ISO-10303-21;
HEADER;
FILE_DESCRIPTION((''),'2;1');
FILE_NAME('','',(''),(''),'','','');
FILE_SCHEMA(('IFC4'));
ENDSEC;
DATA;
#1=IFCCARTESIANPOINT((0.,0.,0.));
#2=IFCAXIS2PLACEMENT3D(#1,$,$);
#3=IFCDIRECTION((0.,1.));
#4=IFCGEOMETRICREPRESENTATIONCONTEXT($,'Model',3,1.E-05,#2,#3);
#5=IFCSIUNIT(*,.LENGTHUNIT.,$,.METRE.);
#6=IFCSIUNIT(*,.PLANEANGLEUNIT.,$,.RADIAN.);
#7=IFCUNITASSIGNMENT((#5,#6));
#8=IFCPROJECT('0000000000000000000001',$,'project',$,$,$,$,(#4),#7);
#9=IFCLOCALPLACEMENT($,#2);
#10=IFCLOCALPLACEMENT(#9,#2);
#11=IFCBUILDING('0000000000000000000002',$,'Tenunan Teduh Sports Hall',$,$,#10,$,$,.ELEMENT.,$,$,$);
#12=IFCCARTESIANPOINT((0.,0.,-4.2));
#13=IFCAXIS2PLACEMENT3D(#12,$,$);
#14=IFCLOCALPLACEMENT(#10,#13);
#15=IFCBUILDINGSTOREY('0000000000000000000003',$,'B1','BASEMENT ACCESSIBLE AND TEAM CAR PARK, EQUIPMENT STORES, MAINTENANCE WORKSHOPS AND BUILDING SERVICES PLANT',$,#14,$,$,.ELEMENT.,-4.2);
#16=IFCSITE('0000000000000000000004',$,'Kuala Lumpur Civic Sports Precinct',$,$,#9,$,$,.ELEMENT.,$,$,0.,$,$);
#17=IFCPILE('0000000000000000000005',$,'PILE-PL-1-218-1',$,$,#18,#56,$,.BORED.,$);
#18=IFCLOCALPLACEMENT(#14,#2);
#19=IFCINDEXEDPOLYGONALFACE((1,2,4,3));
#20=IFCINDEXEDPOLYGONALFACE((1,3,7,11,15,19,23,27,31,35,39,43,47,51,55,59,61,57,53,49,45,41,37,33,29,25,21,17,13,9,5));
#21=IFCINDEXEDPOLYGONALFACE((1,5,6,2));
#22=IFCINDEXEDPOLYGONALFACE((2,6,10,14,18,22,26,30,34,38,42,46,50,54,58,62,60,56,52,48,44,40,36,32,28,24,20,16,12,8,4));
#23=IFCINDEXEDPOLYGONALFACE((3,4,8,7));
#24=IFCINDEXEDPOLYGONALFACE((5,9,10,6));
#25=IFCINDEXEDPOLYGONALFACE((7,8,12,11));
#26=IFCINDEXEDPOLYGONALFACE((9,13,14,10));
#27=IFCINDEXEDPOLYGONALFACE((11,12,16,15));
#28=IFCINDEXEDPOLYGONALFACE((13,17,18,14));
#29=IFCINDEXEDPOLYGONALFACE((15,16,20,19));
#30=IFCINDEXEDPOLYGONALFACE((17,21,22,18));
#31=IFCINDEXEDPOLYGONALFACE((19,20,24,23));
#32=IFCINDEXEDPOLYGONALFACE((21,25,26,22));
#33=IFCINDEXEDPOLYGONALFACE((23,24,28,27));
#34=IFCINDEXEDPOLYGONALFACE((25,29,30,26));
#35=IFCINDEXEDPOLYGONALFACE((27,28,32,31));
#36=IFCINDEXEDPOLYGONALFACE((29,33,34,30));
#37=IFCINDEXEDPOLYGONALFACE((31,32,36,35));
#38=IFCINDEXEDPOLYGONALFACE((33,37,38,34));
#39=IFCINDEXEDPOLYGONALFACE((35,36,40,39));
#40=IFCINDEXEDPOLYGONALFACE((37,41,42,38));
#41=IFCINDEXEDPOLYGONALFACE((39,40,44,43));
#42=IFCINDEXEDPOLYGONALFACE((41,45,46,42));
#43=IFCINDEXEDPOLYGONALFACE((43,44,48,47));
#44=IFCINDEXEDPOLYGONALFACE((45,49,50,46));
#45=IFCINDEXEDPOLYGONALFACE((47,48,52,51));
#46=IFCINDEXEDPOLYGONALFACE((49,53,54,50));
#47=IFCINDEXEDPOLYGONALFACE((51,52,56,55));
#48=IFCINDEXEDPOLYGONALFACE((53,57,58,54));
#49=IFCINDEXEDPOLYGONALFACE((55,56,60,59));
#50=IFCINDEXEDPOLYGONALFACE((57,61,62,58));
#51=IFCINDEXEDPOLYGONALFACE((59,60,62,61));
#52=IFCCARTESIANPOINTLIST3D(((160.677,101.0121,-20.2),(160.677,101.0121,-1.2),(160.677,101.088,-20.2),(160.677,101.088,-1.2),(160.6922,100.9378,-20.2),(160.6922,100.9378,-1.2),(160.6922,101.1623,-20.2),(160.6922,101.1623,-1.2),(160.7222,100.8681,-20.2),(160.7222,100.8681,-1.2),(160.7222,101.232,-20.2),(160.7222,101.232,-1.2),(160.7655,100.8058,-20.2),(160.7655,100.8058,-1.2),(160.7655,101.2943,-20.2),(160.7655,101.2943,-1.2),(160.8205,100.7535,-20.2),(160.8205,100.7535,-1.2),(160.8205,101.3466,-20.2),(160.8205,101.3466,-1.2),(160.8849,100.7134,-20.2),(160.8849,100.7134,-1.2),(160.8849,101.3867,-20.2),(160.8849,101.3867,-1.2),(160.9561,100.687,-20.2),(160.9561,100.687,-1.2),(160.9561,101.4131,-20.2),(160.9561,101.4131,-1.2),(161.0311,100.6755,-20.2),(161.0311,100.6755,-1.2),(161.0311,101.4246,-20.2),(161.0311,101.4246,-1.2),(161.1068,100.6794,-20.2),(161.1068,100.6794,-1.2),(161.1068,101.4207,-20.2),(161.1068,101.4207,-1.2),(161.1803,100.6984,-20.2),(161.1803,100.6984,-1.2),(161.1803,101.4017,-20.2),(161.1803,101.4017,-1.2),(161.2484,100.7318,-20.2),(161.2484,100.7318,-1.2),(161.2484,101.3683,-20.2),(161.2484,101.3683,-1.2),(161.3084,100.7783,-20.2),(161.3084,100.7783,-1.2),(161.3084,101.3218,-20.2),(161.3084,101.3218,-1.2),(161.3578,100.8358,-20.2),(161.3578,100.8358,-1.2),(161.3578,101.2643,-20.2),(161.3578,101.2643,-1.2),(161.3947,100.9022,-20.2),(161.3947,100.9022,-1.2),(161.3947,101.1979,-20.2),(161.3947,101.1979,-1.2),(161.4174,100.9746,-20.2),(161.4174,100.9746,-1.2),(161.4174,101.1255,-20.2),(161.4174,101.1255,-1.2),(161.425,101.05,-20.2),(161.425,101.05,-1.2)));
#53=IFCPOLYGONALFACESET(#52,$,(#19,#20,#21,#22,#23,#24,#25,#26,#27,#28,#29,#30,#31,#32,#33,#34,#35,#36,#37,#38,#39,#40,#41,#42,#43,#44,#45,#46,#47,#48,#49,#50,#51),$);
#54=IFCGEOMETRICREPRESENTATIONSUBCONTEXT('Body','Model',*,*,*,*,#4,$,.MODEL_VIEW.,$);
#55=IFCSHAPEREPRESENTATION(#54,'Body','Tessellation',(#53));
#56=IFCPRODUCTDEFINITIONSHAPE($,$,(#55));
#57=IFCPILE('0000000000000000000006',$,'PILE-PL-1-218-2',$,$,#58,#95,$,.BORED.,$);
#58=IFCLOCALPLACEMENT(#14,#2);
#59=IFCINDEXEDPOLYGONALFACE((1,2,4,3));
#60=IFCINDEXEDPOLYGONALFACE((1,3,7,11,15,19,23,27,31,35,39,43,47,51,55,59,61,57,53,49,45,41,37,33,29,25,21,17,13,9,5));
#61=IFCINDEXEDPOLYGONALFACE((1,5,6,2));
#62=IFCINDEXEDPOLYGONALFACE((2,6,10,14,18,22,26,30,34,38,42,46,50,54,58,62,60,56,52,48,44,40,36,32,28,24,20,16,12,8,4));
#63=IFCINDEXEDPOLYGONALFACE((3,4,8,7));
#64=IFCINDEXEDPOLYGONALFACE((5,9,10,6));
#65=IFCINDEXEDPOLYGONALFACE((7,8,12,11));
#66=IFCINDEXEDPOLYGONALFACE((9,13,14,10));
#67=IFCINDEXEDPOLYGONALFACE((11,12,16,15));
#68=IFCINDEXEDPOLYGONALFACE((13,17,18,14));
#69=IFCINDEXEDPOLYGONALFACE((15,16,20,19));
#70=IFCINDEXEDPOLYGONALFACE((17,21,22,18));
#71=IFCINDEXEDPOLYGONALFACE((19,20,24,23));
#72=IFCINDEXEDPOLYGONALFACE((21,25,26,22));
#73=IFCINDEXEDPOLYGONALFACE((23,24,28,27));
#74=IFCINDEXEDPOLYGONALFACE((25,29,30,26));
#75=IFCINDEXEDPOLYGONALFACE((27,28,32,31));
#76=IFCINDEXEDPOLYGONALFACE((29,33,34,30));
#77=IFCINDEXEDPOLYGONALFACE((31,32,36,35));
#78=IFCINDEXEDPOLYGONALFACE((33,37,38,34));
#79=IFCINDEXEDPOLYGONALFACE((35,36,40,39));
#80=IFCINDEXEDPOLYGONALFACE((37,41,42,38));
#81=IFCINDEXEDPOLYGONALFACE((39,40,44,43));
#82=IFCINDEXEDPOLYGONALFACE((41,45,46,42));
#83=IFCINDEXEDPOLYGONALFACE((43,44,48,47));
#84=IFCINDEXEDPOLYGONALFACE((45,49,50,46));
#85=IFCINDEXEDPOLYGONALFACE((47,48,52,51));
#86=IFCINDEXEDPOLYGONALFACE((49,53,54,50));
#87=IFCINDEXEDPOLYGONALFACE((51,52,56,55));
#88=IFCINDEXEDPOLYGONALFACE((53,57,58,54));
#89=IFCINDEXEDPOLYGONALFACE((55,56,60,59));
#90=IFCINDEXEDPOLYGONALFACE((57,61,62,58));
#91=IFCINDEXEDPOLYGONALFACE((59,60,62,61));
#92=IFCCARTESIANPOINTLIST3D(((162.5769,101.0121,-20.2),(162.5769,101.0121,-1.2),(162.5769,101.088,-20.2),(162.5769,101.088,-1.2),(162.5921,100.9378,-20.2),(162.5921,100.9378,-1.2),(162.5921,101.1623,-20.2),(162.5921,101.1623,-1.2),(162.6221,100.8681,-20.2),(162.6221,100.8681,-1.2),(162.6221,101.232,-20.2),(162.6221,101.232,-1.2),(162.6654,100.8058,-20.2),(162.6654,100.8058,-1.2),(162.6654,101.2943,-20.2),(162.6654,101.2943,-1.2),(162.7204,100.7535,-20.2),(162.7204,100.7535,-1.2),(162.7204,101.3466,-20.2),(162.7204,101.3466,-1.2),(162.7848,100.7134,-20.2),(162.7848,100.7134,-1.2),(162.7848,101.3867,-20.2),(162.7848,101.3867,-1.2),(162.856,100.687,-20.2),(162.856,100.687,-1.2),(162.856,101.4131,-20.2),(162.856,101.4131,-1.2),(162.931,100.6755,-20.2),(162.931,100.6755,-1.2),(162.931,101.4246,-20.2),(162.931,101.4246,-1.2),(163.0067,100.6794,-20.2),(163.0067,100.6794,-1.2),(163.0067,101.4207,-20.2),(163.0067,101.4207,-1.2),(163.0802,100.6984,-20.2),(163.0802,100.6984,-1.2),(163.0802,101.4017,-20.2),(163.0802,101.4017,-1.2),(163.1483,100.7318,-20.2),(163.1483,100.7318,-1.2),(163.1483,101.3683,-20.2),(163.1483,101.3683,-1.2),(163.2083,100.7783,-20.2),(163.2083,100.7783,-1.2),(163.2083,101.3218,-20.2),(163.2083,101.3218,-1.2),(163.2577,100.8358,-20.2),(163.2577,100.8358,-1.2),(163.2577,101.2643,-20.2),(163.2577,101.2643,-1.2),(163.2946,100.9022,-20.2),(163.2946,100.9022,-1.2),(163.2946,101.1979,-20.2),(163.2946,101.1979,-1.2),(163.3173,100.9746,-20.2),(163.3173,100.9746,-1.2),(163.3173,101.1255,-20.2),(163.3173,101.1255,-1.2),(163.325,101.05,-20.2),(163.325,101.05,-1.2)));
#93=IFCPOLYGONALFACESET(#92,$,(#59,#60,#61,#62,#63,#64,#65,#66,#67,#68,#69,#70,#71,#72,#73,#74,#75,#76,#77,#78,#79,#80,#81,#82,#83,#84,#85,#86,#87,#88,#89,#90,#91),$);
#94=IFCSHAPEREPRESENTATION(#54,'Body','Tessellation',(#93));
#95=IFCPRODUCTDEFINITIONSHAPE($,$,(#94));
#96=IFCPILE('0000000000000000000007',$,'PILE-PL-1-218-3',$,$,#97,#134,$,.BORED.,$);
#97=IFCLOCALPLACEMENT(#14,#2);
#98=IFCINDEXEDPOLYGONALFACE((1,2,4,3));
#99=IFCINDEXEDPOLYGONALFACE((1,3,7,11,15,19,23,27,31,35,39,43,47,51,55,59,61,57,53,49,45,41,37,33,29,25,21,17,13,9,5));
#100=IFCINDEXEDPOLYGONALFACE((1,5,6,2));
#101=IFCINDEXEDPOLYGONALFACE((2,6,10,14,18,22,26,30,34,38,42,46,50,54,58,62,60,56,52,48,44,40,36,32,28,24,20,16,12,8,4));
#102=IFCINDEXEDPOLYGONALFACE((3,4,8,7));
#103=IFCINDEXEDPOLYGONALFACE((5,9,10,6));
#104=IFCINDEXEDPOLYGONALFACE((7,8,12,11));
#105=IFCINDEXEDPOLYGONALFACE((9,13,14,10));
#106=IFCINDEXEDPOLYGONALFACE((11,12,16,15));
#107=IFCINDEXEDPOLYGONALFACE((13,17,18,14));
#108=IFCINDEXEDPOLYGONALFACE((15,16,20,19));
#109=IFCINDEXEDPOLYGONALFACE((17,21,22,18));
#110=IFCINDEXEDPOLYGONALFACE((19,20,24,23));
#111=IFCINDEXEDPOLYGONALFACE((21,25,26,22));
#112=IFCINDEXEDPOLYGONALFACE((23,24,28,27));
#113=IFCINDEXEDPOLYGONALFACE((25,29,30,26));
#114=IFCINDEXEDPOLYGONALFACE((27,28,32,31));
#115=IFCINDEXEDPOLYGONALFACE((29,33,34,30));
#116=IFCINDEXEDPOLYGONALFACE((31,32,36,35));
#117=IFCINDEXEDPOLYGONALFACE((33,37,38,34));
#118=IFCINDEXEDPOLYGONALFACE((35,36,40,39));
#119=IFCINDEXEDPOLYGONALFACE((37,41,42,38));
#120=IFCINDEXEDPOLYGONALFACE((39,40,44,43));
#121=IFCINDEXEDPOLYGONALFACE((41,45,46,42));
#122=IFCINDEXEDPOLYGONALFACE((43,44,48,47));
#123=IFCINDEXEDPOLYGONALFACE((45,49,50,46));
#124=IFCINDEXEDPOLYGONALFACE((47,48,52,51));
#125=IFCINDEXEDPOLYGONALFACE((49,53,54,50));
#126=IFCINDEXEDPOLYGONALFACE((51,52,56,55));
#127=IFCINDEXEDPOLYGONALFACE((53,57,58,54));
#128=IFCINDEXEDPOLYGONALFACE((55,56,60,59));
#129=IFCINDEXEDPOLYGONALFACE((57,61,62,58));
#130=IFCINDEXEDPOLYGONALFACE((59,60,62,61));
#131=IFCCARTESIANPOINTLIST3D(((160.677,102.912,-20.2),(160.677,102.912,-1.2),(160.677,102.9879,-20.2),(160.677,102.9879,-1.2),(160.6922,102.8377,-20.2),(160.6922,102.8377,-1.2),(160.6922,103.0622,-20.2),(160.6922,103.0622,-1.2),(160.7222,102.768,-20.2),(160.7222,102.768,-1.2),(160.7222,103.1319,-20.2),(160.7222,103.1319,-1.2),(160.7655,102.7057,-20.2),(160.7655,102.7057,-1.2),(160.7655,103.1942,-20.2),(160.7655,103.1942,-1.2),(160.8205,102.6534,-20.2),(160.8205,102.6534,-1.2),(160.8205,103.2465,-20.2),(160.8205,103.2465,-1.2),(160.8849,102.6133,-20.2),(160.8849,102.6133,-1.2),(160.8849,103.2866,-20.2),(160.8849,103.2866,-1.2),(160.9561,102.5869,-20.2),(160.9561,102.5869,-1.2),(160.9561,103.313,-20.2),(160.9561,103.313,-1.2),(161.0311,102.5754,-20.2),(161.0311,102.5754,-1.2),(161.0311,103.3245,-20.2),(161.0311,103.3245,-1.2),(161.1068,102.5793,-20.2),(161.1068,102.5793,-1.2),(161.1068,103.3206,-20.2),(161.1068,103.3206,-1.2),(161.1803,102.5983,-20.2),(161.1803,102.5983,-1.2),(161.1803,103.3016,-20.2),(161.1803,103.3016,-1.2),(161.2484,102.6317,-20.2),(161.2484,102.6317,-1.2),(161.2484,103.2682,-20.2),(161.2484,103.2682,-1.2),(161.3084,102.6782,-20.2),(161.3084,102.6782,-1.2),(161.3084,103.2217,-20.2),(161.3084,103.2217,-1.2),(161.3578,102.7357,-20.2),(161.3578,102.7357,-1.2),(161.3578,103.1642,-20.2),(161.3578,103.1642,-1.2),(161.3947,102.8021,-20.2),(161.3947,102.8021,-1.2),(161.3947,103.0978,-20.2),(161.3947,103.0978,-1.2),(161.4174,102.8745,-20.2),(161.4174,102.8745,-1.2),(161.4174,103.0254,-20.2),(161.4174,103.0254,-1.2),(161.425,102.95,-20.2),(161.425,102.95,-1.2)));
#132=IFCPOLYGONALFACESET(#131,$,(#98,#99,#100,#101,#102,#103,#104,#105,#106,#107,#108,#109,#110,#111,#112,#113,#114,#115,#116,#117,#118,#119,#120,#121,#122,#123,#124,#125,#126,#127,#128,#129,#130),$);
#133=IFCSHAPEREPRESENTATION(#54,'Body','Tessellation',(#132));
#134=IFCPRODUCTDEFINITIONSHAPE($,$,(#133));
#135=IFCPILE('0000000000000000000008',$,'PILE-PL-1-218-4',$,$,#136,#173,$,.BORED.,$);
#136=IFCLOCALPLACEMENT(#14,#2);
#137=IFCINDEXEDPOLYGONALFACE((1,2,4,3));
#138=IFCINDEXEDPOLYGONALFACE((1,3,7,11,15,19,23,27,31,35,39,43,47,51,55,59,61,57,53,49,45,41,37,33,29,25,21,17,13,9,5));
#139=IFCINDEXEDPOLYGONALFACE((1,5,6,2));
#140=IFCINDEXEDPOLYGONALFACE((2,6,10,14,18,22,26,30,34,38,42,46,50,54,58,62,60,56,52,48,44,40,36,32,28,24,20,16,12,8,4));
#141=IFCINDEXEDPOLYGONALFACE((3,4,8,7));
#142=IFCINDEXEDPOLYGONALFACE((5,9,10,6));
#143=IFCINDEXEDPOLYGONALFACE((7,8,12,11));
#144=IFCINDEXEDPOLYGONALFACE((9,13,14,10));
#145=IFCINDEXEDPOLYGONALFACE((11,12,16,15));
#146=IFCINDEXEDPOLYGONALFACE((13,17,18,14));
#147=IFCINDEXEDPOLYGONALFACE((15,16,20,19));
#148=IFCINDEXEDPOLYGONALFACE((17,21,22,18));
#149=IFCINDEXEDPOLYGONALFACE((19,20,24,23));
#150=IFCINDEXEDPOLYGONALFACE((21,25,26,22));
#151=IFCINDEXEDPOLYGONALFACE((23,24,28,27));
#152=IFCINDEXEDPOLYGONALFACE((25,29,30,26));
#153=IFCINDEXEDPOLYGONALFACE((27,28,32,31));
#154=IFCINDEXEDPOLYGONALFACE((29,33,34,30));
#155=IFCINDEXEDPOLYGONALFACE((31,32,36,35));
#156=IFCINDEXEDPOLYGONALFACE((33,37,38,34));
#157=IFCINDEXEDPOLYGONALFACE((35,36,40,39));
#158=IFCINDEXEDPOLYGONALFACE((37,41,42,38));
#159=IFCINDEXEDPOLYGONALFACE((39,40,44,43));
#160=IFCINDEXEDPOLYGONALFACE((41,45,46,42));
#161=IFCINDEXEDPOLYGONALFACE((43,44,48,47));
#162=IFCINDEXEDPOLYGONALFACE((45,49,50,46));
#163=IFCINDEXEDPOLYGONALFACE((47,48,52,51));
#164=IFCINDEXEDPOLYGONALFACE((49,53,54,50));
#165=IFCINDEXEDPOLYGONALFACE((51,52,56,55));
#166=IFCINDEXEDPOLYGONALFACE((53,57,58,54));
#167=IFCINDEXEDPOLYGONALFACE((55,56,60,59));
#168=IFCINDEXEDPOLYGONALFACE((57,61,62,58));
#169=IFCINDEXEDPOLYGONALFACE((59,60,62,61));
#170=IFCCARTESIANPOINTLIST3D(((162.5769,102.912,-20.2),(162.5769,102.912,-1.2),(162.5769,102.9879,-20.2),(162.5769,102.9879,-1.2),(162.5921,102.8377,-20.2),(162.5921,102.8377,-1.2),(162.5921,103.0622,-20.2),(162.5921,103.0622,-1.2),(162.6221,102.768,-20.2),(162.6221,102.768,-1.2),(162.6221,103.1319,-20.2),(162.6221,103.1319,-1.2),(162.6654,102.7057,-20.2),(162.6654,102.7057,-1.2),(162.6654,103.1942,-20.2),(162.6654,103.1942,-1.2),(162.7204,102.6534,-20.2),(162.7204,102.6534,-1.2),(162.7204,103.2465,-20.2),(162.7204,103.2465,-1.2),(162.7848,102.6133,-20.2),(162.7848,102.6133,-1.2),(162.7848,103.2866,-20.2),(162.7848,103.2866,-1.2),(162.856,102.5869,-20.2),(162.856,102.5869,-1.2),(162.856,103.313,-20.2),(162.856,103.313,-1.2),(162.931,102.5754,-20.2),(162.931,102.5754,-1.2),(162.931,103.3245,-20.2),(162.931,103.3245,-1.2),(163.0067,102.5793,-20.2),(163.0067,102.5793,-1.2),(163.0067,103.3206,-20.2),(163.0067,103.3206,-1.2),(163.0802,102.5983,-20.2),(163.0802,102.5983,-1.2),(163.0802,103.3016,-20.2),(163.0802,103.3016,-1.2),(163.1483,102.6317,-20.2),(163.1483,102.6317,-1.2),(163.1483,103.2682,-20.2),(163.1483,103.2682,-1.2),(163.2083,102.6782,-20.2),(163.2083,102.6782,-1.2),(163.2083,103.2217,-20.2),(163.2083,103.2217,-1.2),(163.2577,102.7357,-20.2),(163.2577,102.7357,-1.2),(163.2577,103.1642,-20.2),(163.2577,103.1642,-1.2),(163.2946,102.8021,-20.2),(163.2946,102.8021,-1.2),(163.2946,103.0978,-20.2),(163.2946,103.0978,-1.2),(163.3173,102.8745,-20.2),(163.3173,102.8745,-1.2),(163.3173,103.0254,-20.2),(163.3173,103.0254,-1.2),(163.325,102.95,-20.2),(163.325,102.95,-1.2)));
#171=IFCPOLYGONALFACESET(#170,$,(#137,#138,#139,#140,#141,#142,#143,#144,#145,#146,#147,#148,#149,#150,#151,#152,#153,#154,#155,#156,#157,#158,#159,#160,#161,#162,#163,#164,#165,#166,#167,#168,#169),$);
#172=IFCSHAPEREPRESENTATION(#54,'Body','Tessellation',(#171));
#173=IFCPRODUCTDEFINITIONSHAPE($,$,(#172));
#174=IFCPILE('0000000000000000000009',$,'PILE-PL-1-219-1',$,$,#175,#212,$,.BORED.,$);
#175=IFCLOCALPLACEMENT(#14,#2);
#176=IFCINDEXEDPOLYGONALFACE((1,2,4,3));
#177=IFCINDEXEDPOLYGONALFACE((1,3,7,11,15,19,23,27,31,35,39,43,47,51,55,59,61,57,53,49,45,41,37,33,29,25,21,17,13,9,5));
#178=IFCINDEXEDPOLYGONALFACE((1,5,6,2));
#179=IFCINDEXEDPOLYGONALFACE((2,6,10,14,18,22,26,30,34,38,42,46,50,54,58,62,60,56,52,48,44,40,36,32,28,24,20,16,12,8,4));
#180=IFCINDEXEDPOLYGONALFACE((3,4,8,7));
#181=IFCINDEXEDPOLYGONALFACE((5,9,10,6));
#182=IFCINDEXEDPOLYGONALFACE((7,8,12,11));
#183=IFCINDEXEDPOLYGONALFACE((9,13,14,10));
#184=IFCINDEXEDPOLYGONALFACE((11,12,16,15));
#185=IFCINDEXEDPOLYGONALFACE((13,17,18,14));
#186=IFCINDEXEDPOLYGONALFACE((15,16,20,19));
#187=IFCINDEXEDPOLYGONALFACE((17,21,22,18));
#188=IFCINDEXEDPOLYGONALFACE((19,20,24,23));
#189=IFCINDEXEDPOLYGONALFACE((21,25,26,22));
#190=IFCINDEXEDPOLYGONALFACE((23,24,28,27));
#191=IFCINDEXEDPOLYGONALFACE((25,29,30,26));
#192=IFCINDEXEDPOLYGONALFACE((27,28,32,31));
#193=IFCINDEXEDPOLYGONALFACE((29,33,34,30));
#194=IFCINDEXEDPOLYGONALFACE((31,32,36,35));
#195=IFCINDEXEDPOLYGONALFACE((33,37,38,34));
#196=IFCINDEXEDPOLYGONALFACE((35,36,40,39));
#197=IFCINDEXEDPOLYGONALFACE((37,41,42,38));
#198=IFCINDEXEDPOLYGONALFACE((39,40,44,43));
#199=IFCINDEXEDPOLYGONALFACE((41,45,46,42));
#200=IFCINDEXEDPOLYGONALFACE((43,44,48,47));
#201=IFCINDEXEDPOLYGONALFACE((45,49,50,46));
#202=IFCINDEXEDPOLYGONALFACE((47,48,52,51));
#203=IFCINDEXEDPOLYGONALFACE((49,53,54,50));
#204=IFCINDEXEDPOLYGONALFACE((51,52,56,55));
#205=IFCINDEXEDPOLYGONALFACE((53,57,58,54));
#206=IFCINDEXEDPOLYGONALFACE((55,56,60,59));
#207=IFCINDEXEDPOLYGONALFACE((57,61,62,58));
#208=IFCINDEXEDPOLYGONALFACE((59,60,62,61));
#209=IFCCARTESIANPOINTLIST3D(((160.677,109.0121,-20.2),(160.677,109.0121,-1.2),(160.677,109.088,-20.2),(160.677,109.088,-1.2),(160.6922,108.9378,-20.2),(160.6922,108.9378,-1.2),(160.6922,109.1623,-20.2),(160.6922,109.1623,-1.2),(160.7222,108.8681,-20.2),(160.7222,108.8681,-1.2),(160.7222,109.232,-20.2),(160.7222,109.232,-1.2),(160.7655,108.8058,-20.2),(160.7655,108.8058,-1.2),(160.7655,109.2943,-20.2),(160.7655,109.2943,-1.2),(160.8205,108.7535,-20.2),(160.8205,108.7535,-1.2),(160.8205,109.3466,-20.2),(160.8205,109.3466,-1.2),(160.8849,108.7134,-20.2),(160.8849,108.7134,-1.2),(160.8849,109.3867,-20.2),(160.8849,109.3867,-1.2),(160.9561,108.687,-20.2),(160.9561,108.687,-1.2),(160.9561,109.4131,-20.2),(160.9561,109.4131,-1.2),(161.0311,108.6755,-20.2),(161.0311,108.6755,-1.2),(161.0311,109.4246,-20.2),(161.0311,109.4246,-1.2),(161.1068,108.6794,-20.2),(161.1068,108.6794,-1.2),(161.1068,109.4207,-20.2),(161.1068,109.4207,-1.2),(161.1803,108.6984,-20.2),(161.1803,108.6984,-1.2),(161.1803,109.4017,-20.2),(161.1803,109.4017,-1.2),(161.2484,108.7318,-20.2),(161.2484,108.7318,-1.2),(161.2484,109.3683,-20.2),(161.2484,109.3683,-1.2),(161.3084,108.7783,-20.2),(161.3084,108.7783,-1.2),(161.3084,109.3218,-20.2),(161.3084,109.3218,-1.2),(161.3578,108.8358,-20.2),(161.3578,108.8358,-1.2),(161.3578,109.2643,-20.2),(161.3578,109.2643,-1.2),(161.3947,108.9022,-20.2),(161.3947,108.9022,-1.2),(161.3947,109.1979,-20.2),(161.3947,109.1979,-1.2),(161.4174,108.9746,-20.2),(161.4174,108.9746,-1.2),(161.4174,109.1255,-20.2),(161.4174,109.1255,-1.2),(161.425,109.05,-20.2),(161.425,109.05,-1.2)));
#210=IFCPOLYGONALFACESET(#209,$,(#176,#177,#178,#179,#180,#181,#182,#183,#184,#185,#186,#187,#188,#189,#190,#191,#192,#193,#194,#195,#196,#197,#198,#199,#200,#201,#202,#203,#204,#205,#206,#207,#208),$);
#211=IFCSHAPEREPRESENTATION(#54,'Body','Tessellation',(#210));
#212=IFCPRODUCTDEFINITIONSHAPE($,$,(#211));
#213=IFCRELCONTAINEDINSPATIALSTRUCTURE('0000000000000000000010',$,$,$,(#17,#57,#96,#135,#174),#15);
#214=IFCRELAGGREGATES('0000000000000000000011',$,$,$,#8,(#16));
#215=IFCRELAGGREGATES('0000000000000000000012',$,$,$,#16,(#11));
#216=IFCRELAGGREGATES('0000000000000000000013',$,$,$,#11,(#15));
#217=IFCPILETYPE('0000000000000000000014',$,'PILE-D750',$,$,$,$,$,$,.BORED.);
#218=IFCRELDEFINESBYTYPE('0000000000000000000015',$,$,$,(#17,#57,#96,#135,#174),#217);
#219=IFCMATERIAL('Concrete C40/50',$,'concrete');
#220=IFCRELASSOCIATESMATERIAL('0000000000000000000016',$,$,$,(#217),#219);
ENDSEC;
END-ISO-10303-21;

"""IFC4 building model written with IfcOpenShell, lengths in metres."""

from ifc_helpers import new_model, si_unit, direction, frame, origin, origin_2d, place, context, subcontext, project, spatial, circle, extrude, material, material_profile, profile_set, type_object, element, save


model = new_model("IFC4")

# Units and contexts
model_context = context("Model", 3, precision=1e-05, world=origin(), true_north=direction((0.0, 1.0)))
body_context = subcontext(model_context, "Body", "Model", "MODEL_VIEW")
ifc_project = project(units=[si_unit("LENGTHUNIT", "METRE"), si_unit("PLANEANGLEUNIT", "RADIAN")], contexts=[model_context])

# Site, building, storey
site_placement = place(None, origin())
site = spatial("IfcSite", under=ifc_project, at=site_placement, Name="Kuala Lumpur Civic Sports Precinct", CompositionType="ELEMENT", RefElevation=0.0)
building_placement = place(site_placement, origin())
building = spatial("IfcBuilding", under=site, at=building_placement, Name="Tenunan Teduh Sports Hall", CompositionType="ELEMENT")
storey_placement = place(building_placement, frame((0.0, 0.0, -4.2)))
storey = spatial("IfcBuildingStorey", under=building, at=storey_placement, Name="B1", Description="BASEMENT ACCESSIBLE AND TEAM CAR PARK, EQUIPMENT STORES, MAINTENANCE WORKSHOPS AND BUILDING SERVICES PLANT", CompositionType="ELEMENT", Elevation=-4.2)

# Piles
ifc_material_1 = material(Name="Concrete C40/50", Category="concrete")
ifc_material_profile_1 = material_profile(ifc_material_1, circle(Radius=0.375, at=origin_2d()), Name="PILE D750")
ifc_profile_set_1 = profile_set([ifc_material_profile_1], Name="Concrete C40/50")
pile_type = type_object("IfcPileType", Name="PILE-D750", PredefinedType="BORED", material=ifc_profile_set_1)
for number, where, z_axis, x_axis, name in (
    (1, (161.05, 101.05, -1.2), (0.0, 0.0, -1.0), (1.0, 0.0, 0.0), "PILE-PL-1-218-1"),
    (2, (162.95, 101.05, -1.2), (0.0, 0.0, -1.0), (1.0, 0.0, 0.0), "PILE-PL-1-218-2"),
    (3, (161.05, 102.95, -1.2), (0.0, 0.0, -1.0), (1.0, 0.0, 0.0), "PILE-PL-1-218-3"),
    (4, (162.95, 102.95, -1.2), (0.0, 0.0, -1.0), (1.0, 0.0, 0.0), "PILE-PL-1-218-4"),
    (5, (161.05, 109.05, -1.2), (0.0, 0.0, -1.0), (1.0, 0.0, 0.0), "PILE-PL-1-219-1"),
):
    element("IfcPile", number, at=place(storey_placement, frame(where, z_axis=z_axis, x_axis=x_axis)), inside=storey, type_object=pile_type, Name=name, PredefinedType="BORED", context=body_context, shape_type="SweptSolid", body=[
        extrude(circle(Radius=0.375, at=origin_2d()), origin(), (0.0, 0.0, 1.0), 19.0),
    ])

save(model, "model.ifc")
